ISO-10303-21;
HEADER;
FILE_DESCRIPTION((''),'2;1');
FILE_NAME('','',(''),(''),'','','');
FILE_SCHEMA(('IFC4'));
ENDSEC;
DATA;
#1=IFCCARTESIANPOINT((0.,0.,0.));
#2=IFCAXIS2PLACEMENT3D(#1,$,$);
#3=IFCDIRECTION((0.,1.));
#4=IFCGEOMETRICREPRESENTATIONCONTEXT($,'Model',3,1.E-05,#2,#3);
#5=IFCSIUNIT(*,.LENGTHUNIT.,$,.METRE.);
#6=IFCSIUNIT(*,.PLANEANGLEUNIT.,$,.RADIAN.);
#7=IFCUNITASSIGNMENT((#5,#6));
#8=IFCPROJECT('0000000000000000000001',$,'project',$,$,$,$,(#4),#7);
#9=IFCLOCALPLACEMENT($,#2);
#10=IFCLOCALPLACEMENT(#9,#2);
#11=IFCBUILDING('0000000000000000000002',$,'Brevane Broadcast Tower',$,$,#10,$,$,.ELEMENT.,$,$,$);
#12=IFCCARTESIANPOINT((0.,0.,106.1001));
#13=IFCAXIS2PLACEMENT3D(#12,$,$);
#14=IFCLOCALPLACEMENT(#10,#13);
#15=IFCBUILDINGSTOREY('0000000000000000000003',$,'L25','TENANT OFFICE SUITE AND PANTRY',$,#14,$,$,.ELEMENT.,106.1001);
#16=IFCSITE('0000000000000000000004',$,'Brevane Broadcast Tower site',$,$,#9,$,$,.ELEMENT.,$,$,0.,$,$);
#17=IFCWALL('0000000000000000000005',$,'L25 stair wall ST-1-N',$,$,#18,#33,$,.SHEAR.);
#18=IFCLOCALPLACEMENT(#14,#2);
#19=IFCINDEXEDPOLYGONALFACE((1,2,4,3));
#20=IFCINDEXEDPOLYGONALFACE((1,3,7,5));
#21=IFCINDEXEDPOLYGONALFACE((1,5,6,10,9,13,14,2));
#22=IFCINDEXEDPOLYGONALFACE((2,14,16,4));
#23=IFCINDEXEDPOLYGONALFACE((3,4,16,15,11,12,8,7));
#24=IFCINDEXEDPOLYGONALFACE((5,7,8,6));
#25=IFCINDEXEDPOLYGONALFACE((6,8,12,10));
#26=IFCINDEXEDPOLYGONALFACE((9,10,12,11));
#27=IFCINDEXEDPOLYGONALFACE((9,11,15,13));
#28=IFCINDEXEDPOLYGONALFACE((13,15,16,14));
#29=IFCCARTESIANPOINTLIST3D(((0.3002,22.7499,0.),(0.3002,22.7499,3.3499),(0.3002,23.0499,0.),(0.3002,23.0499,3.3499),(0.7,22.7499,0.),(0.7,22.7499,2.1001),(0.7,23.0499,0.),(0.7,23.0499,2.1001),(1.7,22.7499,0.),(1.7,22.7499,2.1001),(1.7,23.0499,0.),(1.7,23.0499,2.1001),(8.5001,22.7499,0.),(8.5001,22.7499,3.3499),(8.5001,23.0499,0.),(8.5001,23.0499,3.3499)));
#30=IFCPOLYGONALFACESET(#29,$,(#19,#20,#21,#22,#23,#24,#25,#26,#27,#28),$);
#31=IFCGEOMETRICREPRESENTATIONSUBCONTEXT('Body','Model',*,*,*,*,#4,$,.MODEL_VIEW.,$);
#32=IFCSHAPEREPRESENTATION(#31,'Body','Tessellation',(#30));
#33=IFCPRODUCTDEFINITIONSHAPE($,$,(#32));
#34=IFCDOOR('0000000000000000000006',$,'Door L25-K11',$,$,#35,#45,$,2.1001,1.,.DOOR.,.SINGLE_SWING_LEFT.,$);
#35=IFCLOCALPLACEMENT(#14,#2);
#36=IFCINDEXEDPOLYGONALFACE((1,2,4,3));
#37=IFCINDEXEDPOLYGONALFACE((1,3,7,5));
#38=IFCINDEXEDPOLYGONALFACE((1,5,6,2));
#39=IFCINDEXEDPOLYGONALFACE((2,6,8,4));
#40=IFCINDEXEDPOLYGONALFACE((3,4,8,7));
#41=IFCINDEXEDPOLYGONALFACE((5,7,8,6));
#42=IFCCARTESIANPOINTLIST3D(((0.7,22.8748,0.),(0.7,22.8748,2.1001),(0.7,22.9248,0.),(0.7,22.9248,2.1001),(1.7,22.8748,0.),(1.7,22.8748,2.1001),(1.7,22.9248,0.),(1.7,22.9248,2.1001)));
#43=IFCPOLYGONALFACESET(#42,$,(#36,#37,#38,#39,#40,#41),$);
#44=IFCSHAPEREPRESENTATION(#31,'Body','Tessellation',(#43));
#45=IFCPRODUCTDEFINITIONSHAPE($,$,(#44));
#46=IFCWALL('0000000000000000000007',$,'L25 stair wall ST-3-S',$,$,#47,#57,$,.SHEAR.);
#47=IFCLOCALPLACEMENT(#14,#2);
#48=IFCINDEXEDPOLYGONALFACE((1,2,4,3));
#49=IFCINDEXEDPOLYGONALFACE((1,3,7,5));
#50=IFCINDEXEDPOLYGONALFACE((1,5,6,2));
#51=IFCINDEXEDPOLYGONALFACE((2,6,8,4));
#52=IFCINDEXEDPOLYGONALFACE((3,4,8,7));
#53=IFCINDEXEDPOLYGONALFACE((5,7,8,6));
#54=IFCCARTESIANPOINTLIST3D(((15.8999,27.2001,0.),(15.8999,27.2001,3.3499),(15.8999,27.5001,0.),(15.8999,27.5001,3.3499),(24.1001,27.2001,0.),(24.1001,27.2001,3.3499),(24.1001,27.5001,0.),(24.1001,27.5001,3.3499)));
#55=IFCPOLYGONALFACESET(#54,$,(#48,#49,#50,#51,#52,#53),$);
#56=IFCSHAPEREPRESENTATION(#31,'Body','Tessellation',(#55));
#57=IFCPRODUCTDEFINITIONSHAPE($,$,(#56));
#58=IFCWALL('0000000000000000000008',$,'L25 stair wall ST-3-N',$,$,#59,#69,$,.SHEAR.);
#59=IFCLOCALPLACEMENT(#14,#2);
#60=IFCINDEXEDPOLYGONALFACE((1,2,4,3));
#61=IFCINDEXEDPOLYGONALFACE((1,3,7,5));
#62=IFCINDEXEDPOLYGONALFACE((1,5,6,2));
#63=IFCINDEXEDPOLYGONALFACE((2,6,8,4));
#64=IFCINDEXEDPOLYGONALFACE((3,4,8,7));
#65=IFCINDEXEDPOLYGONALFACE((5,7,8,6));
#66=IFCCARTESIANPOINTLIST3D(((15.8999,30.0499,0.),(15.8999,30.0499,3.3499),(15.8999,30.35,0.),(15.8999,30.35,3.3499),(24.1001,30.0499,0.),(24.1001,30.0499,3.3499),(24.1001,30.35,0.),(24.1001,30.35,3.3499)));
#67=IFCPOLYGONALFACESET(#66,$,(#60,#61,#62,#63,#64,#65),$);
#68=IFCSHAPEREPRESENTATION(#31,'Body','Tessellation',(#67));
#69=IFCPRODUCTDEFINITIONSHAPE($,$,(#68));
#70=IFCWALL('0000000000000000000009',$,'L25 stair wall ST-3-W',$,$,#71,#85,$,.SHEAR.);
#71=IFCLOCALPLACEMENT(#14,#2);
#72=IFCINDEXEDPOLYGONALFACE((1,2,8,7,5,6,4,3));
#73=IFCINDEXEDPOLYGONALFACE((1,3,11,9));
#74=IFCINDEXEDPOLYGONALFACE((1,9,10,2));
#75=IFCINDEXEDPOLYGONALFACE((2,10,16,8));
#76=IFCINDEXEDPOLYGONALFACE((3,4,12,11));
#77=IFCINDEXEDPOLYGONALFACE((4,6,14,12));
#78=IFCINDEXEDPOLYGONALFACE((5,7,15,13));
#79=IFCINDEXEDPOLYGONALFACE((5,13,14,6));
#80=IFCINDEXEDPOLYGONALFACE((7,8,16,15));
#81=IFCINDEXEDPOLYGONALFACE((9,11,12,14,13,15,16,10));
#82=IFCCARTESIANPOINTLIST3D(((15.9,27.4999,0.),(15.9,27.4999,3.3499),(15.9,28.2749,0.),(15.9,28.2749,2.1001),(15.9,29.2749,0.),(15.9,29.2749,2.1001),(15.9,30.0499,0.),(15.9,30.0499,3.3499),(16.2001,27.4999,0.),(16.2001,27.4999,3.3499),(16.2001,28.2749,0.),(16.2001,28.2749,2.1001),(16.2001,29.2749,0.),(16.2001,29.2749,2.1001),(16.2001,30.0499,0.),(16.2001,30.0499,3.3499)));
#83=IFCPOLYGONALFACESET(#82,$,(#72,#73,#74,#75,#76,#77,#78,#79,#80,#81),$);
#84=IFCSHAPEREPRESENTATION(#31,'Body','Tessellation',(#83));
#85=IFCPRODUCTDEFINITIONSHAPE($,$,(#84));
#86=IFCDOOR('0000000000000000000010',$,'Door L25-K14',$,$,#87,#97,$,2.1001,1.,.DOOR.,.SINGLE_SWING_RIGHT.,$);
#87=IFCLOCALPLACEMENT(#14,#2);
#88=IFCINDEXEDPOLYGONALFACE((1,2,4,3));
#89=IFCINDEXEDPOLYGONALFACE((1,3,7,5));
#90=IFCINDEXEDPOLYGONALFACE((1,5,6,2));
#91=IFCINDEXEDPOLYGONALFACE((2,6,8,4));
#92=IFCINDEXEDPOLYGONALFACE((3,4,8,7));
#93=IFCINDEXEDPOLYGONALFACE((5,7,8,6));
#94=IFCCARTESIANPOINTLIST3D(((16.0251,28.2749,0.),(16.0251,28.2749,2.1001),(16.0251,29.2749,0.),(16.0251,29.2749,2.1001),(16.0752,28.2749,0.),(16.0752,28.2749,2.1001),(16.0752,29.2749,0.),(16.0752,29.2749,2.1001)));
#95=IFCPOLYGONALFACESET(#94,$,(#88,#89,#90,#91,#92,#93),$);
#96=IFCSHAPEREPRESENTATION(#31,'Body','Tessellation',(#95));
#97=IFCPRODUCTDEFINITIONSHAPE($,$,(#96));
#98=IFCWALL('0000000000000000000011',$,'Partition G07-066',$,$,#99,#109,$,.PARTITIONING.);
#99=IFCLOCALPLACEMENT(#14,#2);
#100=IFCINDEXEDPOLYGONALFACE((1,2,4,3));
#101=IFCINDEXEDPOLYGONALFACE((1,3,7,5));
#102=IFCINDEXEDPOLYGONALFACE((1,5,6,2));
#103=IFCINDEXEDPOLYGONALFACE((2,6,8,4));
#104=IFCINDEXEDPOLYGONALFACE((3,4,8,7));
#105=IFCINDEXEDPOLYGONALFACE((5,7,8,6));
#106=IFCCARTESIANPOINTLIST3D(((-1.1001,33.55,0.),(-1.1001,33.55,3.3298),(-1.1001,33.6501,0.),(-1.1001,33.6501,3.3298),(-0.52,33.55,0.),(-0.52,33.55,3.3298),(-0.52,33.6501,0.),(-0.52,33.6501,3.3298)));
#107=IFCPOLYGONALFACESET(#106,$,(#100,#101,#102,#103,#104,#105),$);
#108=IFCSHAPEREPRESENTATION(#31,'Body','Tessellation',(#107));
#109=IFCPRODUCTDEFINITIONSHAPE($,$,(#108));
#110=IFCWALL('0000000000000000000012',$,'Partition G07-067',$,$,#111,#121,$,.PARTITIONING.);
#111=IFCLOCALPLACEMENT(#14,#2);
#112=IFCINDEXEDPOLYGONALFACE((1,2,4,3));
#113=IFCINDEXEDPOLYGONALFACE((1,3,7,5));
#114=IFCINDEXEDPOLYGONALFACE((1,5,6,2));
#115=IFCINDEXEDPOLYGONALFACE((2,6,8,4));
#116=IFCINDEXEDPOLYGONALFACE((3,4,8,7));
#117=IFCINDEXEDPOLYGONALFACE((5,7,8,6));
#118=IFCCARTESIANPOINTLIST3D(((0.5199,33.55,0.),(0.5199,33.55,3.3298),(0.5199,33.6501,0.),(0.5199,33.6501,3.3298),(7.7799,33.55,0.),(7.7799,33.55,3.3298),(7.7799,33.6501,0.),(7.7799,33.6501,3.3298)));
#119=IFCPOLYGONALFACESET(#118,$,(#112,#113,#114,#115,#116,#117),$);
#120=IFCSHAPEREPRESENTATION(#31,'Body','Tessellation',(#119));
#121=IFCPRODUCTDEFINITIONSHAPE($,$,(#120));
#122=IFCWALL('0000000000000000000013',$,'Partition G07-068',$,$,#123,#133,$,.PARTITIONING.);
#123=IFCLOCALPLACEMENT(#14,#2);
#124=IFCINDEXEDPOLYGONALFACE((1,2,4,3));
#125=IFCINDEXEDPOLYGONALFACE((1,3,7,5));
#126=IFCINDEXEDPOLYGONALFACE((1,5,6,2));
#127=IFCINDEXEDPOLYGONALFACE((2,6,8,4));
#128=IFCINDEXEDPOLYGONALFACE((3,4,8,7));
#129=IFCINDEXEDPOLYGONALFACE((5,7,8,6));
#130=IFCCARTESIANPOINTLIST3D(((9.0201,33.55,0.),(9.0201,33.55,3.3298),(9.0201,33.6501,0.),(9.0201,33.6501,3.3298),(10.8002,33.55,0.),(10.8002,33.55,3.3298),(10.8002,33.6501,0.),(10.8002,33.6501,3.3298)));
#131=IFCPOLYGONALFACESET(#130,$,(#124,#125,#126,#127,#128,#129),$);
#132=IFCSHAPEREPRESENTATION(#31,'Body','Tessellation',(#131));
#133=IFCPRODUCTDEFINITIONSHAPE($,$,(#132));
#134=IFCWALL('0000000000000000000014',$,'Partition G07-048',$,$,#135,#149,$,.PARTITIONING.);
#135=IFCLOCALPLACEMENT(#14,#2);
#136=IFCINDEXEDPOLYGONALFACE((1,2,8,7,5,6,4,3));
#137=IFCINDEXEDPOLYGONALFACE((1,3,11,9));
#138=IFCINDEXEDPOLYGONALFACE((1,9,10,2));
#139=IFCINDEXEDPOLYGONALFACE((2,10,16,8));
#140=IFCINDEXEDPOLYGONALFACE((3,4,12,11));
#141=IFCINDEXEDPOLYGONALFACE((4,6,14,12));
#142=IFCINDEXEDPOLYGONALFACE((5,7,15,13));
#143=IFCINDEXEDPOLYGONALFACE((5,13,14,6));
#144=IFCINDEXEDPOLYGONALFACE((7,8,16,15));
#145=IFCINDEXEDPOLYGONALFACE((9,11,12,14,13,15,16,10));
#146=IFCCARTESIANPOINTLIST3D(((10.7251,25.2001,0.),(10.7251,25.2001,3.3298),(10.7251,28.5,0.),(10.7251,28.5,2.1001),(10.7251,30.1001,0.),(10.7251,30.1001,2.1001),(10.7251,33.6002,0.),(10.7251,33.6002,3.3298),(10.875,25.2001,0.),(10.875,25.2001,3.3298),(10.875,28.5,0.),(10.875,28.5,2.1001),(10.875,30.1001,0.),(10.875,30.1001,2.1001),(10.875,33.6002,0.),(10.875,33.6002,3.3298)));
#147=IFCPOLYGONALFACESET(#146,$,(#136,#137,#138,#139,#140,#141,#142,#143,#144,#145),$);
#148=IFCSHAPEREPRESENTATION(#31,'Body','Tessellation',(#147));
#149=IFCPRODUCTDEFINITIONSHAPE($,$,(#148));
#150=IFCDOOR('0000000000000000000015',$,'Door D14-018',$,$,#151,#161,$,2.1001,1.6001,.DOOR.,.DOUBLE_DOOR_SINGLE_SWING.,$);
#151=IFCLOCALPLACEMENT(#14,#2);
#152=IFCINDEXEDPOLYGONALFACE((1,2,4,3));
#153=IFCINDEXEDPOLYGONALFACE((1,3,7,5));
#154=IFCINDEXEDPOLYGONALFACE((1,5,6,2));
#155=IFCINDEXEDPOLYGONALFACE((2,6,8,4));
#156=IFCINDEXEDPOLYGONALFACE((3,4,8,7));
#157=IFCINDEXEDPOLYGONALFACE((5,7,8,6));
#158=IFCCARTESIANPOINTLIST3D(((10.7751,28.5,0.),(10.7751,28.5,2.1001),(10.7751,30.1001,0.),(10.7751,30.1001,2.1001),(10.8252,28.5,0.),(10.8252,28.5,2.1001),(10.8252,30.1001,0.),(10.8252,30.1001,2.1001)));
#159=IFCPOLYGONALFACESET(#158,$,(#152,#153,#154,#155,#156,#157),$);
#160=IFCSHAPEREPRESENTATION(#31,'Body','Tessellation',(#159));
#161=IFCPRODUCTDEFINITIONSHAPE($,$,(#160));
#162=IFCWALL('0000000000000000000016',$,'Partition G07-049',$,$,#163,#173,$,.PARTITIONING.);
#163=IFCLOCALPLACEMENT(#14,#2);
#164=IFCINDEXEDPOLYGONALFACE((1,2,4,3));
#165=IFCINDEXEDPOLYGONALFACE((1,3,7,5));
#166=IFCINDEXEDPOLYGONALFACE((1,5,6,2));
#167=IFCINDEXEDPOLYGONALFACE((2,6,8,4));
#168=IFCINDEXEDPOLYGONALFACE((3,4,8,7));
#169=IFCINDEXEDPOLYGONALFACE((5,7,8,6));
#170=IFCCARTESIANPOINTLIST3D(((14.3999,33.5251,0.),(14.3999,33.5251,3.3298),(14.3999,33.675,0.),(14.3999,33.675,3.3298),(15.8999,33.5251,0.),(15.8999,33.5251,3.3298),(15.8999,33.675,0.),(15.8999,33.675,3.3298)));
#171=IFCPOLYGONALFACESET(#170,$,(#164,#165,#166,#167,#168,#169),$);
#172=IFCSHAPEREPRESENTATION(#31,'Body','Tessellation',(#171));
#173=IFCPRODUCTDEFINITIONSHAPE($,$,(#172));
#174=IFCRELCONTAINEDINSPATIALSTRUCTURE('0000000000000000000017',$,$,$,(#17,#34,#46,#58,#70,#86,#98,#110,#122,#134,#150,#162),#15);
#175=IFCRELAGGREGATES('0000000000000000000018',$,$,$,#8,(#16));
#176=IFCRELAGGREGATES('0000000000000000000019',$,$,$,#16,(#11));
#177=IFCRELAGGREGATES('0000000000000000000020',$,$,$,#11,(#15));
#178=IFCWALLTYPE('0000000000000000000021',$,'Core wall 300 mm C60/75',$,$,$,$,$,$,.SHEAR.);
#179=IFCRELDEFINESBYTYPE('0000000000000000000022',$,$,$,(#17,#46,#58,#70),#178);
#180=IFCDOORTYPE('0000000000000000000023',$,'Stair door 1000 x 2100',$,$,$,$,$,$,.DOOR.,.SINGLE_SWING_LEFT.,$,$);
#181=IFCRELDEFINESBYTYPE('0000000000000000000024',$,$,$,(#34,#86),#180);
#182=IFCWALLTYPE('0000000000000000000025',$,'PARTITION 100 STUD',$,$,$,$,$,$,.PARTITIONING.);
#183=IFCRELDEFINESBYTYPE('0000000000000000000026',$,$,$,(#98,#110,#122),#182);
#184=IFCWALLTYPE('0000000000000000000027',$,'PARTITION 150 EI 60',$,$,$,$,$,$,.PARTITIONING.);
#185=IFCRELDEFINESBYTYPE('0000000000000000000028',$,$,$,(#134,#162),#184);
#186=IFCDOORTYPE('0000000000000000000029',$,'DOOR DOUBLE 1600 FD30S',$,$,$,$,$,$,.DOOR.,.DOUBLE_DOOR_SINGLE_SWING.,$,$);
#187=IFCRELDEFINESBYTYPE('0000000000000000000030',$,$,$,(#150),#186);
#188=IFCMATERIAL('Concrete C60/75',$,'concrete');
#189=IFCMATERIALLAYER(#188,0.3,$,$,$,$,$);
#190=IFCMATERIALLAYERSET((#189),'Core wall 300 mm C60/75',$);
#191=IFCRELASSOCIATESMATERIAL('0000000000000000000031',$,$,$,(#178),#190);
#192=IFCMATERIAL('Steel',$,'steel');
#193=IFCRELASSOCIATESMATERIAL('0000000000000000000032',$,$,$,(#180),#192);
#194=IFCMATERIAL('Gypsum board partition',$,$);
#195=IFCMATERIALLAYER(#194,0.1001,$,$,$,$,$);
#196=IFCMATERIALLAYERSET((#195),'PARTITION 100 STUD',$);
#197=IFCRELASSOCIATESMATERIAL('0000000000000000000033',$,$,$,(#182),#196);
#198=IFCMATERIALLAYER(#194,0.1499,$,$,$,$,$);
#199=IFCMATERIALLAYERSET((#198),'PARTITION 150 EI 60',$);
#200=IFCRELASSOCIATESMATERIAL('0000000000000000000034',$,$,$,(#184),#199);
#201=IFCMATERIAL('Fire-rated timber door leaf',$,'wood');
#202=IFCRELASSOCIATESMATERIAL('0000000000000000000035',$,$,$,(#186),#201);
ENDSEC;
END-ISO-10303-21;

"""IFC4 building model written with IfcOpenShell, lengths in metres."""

from ifc_helpers import new_model, si_unit, direction, frame, frame_2d, origin, place, context, subcontext, project, spatial, rectangle, extrude, material, layer, layer_set, type_object, element, fill, save


model = new_model("IFC4")

# Units and contexts
model_context = context("Model", 3, precision=1e-05, world=origin(), true_north=direction((0.0, 1.0)))
body_context = subcontext(model_context, "Body", "Model", "MODEL_VIEW")
ifc_project = project(units=[si_unit("LENGTHUNIT", "METRE"), si_unit("PLANEANGLEUNIT", "RADIAN")], contexts=[model_context])

# Site, building, storey
site_placement = place(None, origin())
site = spatial("IfcSite", under=ifc_project, at=site_placement, Name="Brevane Broadcast Tower site", CompositionType="ELEMENT", RefElevation=0.0)
building_placement = place(site_placement, origin())
building = spatial("IfcBuilding", under=site, at=building_placement, Name="Brevane Broadcast Tower", CompositionType="ELEMENT")
storey_placement = place(building_placement, frame((0.0, 0.0, 106.1001)))
storey = spatial("IfcBuildingStorey", under=building, at=storey_placement, Name="L25", Description="TENANT OFFICE SUITE AND PANTRY", CompositionType="ELEMENT", Elevation=106.1001)

# Shared definitions
ifc_material_1 = material(Name="Concrete C60/75", Category="concrete")

# Wall, opening, door
ifc_layer_1 = layer(ifc_material_1, 0.3)
ifc_layer_set_1 = layer_set([ifc_layer_1], Name="Core wall 300 mm C60/75")
wall_type_1 = type_object("IfcWallType", Name="Core wall 300 mm C60/75", PredefinedType="SHEAR", material=ifc_layer_set_1)
wall_1_placement = place(storey_placement, frame((0.3, 22.8999, 0.0), z_axis=(0.0, 0.0, 1.0), x_axis=(1.0, 0.0, 0.0)))
wall_1 = element("IfcWall", 1, at=wall_1_placement, inside=storey, type_object=wall_type_1, Name="L25 stair wall ST-1-N", PredefinedType="SHEAR", context=body_context, shape_type="SweptSolid", body=[
    extrude(rectangle(XDim=8.2, YDim=0.3, at=frame_2d((4.1001, 0.0))), origin(), (0.0, 0.0, 1.0), 3.3499),
])
opening_1_placement = place(wall_1_placement, frame((0.3999, 0.0, 0.0)))
opening_1 = element("IfcOpeningElement", 2, at=opening_1_placement, cuts=wall_1, PredefinedType="OPENING", context=body_context, shape_type="SweptSolid", body=[
    extrude(rectangle(XDim=1.0, YDim=2.1001, at=frame_2d((0.5, 1.05))), frame((0.0, 0.1599, 0.0), z_axis=(0.0, -1.0, 0.0), x_axis=(1.0, 0.0, 0.0)), (0.0, 0.0, 1.0), 0.3201),
])
ifc_material_2 = material(Name="Steel", Category="steel")
door_type_1 = type_object("IfcDoorType", Name="Stair door 1000 x 2100", OperationType="SINGLE_SWING_LEFT", PredefinedType="DOOR", material=ifc_material_2)
door_1_placement = place(opening_1_placement, origin())
door_1 = element("IfcDoor", 3, at=door_1_placement, inside=storey, type_object=door_type_1, Name="Door L25-K11", OperationType="SINGLE_SWING_LEFT", OverallHeight=2.1001, OverallWidth=1.0, PredefinedType="DOOR", context=body_context, shape_type="SweptSolid", body=[
    extrude(rectangle(XDim=1.0, YDim=2.1001, at=frame_2d((0.5, 1.05))), frame((0.0, 0.0249, 0.0), z_axis=(0.0, -1.0, 0.0), x_axis=(1.0, 0.0, 0.0)), (0.0, 0.0, 1.0), 0.05),
])
fill(opening_1, door_1)

# Walls
for number, where, z_axis, x_axis, name in (
    (4, (15.8999, 27.3501, 0.0), (0.0, 0.0, 1.0), (1.0, 0.0, 0.0), "L25 stair wall ST-3-S"),
    (5, (15.8999, 30.2, 0.0), (0.0, 0.0, 1.0), (1.0, 0.0, 0.0), "L25 stair wall ST-3-N"),
):
    element("IfcWall", number, at=place(storey_placement, frame(where, z_axis=z_axis, x_axis=x_axis)), inside=storey, type_object=wall_type_1, Name=name, PredefinedType="SHEAR", context=body_context, shape_type="SweptSolid", body=[
        extrude(rectangle(XDim=8.2002, YDim=0.3, at=frame_2d((4.1001, 0.0))), origin(), (0.0, 0.0, 1.0), 3.3499),
    ])

# Wall, opening, door
wall_2_placement = place(storey_placement, frame((16.05, 27.5, 0.0), z_axis=(0.0, 0.0, 1.0), x_axis=(0.0, 1.0, 0.0)))
wall_2 = element("IfcWall", 6, at=wall_2_placement, inside=storey, type_object=wall_type_1, Name="L25 stair wall ST-3-W", PredefinedType="SHEAR", context=body_context, shape_type="SweptSolid", body=[
    extrude(rectangle(XDim=2.55, YDim=0.3, at=frame_2d((1.2749, 0.0))), origin(), (0.0, 0.0, 1.0), 3.3499),
])
opening_2_placement = place(wall_2_placement, frame((0.7749, 0.0, 0.0)))
opening_2 = element("IfcOpeningElement", 7, at=opening_2_placement, cuts=wall_2, PredefinedType="OPENING", context=body_context, shape_type="SweptSolid", body=[
    extrude(rectangle(XDim=1.0, YDim=2.1001, at=frame_2d((0.5, 1.05))), frame((0.0, 0.1599, 0.0), z_axis=(0.0, -1.0, 0.0), x_axis=(1.0, 0.0, 0.0)), (0.0, 0.0, 1.0), 0.3201),
])
door_2_placement = place(opening_2_placement, origin())
door_2 = element("IfcDoor", 8, at=door_2_placement, inside=storey, type_object=door_type_1, Name="Door L25-K14", OperationType="SINGLE_SWING_RIGHT", OverallHeight=2.1001, OverallWidth=1.0, PredefinedType="DOOR", context=body_context, shape_type="SweptSolid", body=[
    extrude(rectangle(XDim=1.0, YDim=2.1001, at=frame_2d((0.5, 1.05))), frame((0.0, 0.0249, 0.0), z_axis=(0.0, -1.0, 0.0), x_axis=(1.0, 0.0, 0.0)), (0.0, 0.0, 1.0), 0.05),
])
fill(opening_2, door_2)

# Walls
ifc_material_3 = material(Name="Gypsum board partition")
ifc_layer_2 = layer(ifc_material_3, 0.1001)
ifc_layer_set_2 = layer_set([ifc_layer_2], Name="PARTITION 100 STUD")
wall_type_2 = type_object("IfcWallType", Name="PARTITION 100 STUD", PredefinedType="PARTITIONING", material=ifc_layer_set_2)
wall_3_placement = place(storey_placement, frame((-1.1001, 33.6001, 0.0), z_axis=(0.0, 0.0, 1.0), x_axis=(1.0, 0.0, 0.0)))
element("IfcWall", 9, at=wall_3_placement, inside=storey, type_object=wall_type_2, Name="Partition G07-066", PredefinedType="PARTITIONING", context=body_context, shape_type="SweptSolid", body=[
    extrude(rectangle(XDim=0.5801, YDim=0.1001, at=frame_2d((0.29, 0.0))), origin(), (0.0, 0.0, 1.0), 3.3298),
])
wall_4_placement = place(storey_placement, frame((0.52, 33.6001, 0.0), z_axis=(0.0, 0.0, 1.0), x_axis=(1.0, 0.0, 0.0)))
element("IfcWall", 10, at=wall_4_placement, inside=storey, type_object=wall_type_2, Name="Partition G07-067", PredefinedType="PARTITIONING", context=body_context, shape_type="SweptSolid", body=[
    extrude(rectangle(XDim=7.26, YDim=0.1001, at=frame_2d((3.6299, 0.0))), origin(), (0.0, 0.0, 1.0), 3.3298),
])
wall_5_placement = place(storey_placement, frame((9.02, 33.6001, 0.0), z_axis=(0.0, 0.0, 1.0), x_axis=(1.0, 0.0, 0.0)))
element("IfcWall", 11, at=wall_5_placement, inside=storey, type_object=wall_type_2, Name="Partition G07-068", PredefinedType="PARTITIONING", context=body_context, shape_type="SweptSolid", body=[
    extrude(rectangle(XDim=1.78, YDim=0.1001, at=frame_2d((0.8901, 0.0))), origin(), (0.0, 0.0, 1.0), 3.3298),
])

# Wall, opening, door
ifc_layer_3 = layer(ifc_material_3, 0.1499)
ifc_layer_set_3 = layer_set([ifc_layer_3], Name="PARTITION 150 EI 60")
wall_type_3 = type_object("IfcWallType", Name="PARTITION 150 EI 60", PredefinedType="PARTITIONING", material=ifc_layer_set_3)
wall_6_placement = place(storey_placement, frame((10.8, 25.2, 0.0), z_axis=(0.0, 0.0, 1.0), x_axis=(0.0, 1.0, 0.0)))
wall_6 = element("IfcWall", 12, at=wall_6_placement, inside=storey, type_object=wall_type_3, Name="Partition G07-048", PredefinedType="PARTITIONING", context=body_context, shape_type="SweptSolid", body=[
    extrude(rectangle(XDim=8.4001, YDim=0.1499, at=frame_2d((4.2002, 0.0))), origin(), (0.0, 0.0, 1.0), 3.3298),
])
opening_3_placement = place(wall_6_placement, frame((3.3, 0.0, 0.0)))
opening_3 = element("IfcOpeningElement", 13, at=opening_3_placement, cuts=wall_6, PredefinedType="OPENING", context=body_context, shape_type="SweptSolid", body=[
    extrude(rectangle(XDim=1.6001, YDim=2.1001, at=frame_2d((0.8, 1.05))), frame((0.0, 0.085, 0.0), z_axis=(0.0, -1.0, 0.0), x_axis=(1.0, 0.0, 0.0)), (0.0, 0.0, 1.0), 0.1699),
])
ifc_material_4 = material(Name="Fire-rated timber door leaf", Category="wood")
door_type_2 = type_object("IfcDoorType", Name="DOOR DOUBLE 1600 FD30S", OperationType="DOUBLE_DOOR_SINGLE_SWING", PredefinedType="DOOR", material=ifc_material_4)
door_3_placement = place(opening_3_placement, origin())
door_3 = element("IfcDoor", 14, at=door_3_placement, inside=storey, type_object=door_type_2, Name="Door D14-018", OperationType="DOUBLE_DOOR_SINGLE_SWING", OverallHeight=2.1001, OverallWidth=1.6001, PredefinedType="DOOR", context=body_context, shape_type="SweptSolid", body=[
    extrude(rectangle(XDim=1.6001, YDim=2.1001, at=frame_2d((0.8, 1.05))), frame((0.0, 0.0249, 0.0), z_axis=(0.0, -1.0, 0.0), x_axis=(1.0, 0.0, 0.0)), (0.0, 0.0, 1.0), 0.05),
])
fill(opening_3, door_3)

# Wall
wall_7_placement = place(storey_placement, frame((14.3999, 33.6001, 0.0), z_axis=(0.0, 0.0, 1.0), x_axis=(1.0, 0.0, 0.0)))
element("IfcWall", 15, at=wall_7_placement, inside=storey, type_object=wall_type_3, Name="Partition G07-049", PredefinedType="PARTITIONING", context=body_context, shape_type="SweptSolid", body=[
    extrude(rectangle(XDim=1.5, YDim=0.1499, at=frame_2d((0.75, 0.0))), origin(), (0.0, 0.0, 1.0), 3.3298),
])

save(model, "model.ifc")
